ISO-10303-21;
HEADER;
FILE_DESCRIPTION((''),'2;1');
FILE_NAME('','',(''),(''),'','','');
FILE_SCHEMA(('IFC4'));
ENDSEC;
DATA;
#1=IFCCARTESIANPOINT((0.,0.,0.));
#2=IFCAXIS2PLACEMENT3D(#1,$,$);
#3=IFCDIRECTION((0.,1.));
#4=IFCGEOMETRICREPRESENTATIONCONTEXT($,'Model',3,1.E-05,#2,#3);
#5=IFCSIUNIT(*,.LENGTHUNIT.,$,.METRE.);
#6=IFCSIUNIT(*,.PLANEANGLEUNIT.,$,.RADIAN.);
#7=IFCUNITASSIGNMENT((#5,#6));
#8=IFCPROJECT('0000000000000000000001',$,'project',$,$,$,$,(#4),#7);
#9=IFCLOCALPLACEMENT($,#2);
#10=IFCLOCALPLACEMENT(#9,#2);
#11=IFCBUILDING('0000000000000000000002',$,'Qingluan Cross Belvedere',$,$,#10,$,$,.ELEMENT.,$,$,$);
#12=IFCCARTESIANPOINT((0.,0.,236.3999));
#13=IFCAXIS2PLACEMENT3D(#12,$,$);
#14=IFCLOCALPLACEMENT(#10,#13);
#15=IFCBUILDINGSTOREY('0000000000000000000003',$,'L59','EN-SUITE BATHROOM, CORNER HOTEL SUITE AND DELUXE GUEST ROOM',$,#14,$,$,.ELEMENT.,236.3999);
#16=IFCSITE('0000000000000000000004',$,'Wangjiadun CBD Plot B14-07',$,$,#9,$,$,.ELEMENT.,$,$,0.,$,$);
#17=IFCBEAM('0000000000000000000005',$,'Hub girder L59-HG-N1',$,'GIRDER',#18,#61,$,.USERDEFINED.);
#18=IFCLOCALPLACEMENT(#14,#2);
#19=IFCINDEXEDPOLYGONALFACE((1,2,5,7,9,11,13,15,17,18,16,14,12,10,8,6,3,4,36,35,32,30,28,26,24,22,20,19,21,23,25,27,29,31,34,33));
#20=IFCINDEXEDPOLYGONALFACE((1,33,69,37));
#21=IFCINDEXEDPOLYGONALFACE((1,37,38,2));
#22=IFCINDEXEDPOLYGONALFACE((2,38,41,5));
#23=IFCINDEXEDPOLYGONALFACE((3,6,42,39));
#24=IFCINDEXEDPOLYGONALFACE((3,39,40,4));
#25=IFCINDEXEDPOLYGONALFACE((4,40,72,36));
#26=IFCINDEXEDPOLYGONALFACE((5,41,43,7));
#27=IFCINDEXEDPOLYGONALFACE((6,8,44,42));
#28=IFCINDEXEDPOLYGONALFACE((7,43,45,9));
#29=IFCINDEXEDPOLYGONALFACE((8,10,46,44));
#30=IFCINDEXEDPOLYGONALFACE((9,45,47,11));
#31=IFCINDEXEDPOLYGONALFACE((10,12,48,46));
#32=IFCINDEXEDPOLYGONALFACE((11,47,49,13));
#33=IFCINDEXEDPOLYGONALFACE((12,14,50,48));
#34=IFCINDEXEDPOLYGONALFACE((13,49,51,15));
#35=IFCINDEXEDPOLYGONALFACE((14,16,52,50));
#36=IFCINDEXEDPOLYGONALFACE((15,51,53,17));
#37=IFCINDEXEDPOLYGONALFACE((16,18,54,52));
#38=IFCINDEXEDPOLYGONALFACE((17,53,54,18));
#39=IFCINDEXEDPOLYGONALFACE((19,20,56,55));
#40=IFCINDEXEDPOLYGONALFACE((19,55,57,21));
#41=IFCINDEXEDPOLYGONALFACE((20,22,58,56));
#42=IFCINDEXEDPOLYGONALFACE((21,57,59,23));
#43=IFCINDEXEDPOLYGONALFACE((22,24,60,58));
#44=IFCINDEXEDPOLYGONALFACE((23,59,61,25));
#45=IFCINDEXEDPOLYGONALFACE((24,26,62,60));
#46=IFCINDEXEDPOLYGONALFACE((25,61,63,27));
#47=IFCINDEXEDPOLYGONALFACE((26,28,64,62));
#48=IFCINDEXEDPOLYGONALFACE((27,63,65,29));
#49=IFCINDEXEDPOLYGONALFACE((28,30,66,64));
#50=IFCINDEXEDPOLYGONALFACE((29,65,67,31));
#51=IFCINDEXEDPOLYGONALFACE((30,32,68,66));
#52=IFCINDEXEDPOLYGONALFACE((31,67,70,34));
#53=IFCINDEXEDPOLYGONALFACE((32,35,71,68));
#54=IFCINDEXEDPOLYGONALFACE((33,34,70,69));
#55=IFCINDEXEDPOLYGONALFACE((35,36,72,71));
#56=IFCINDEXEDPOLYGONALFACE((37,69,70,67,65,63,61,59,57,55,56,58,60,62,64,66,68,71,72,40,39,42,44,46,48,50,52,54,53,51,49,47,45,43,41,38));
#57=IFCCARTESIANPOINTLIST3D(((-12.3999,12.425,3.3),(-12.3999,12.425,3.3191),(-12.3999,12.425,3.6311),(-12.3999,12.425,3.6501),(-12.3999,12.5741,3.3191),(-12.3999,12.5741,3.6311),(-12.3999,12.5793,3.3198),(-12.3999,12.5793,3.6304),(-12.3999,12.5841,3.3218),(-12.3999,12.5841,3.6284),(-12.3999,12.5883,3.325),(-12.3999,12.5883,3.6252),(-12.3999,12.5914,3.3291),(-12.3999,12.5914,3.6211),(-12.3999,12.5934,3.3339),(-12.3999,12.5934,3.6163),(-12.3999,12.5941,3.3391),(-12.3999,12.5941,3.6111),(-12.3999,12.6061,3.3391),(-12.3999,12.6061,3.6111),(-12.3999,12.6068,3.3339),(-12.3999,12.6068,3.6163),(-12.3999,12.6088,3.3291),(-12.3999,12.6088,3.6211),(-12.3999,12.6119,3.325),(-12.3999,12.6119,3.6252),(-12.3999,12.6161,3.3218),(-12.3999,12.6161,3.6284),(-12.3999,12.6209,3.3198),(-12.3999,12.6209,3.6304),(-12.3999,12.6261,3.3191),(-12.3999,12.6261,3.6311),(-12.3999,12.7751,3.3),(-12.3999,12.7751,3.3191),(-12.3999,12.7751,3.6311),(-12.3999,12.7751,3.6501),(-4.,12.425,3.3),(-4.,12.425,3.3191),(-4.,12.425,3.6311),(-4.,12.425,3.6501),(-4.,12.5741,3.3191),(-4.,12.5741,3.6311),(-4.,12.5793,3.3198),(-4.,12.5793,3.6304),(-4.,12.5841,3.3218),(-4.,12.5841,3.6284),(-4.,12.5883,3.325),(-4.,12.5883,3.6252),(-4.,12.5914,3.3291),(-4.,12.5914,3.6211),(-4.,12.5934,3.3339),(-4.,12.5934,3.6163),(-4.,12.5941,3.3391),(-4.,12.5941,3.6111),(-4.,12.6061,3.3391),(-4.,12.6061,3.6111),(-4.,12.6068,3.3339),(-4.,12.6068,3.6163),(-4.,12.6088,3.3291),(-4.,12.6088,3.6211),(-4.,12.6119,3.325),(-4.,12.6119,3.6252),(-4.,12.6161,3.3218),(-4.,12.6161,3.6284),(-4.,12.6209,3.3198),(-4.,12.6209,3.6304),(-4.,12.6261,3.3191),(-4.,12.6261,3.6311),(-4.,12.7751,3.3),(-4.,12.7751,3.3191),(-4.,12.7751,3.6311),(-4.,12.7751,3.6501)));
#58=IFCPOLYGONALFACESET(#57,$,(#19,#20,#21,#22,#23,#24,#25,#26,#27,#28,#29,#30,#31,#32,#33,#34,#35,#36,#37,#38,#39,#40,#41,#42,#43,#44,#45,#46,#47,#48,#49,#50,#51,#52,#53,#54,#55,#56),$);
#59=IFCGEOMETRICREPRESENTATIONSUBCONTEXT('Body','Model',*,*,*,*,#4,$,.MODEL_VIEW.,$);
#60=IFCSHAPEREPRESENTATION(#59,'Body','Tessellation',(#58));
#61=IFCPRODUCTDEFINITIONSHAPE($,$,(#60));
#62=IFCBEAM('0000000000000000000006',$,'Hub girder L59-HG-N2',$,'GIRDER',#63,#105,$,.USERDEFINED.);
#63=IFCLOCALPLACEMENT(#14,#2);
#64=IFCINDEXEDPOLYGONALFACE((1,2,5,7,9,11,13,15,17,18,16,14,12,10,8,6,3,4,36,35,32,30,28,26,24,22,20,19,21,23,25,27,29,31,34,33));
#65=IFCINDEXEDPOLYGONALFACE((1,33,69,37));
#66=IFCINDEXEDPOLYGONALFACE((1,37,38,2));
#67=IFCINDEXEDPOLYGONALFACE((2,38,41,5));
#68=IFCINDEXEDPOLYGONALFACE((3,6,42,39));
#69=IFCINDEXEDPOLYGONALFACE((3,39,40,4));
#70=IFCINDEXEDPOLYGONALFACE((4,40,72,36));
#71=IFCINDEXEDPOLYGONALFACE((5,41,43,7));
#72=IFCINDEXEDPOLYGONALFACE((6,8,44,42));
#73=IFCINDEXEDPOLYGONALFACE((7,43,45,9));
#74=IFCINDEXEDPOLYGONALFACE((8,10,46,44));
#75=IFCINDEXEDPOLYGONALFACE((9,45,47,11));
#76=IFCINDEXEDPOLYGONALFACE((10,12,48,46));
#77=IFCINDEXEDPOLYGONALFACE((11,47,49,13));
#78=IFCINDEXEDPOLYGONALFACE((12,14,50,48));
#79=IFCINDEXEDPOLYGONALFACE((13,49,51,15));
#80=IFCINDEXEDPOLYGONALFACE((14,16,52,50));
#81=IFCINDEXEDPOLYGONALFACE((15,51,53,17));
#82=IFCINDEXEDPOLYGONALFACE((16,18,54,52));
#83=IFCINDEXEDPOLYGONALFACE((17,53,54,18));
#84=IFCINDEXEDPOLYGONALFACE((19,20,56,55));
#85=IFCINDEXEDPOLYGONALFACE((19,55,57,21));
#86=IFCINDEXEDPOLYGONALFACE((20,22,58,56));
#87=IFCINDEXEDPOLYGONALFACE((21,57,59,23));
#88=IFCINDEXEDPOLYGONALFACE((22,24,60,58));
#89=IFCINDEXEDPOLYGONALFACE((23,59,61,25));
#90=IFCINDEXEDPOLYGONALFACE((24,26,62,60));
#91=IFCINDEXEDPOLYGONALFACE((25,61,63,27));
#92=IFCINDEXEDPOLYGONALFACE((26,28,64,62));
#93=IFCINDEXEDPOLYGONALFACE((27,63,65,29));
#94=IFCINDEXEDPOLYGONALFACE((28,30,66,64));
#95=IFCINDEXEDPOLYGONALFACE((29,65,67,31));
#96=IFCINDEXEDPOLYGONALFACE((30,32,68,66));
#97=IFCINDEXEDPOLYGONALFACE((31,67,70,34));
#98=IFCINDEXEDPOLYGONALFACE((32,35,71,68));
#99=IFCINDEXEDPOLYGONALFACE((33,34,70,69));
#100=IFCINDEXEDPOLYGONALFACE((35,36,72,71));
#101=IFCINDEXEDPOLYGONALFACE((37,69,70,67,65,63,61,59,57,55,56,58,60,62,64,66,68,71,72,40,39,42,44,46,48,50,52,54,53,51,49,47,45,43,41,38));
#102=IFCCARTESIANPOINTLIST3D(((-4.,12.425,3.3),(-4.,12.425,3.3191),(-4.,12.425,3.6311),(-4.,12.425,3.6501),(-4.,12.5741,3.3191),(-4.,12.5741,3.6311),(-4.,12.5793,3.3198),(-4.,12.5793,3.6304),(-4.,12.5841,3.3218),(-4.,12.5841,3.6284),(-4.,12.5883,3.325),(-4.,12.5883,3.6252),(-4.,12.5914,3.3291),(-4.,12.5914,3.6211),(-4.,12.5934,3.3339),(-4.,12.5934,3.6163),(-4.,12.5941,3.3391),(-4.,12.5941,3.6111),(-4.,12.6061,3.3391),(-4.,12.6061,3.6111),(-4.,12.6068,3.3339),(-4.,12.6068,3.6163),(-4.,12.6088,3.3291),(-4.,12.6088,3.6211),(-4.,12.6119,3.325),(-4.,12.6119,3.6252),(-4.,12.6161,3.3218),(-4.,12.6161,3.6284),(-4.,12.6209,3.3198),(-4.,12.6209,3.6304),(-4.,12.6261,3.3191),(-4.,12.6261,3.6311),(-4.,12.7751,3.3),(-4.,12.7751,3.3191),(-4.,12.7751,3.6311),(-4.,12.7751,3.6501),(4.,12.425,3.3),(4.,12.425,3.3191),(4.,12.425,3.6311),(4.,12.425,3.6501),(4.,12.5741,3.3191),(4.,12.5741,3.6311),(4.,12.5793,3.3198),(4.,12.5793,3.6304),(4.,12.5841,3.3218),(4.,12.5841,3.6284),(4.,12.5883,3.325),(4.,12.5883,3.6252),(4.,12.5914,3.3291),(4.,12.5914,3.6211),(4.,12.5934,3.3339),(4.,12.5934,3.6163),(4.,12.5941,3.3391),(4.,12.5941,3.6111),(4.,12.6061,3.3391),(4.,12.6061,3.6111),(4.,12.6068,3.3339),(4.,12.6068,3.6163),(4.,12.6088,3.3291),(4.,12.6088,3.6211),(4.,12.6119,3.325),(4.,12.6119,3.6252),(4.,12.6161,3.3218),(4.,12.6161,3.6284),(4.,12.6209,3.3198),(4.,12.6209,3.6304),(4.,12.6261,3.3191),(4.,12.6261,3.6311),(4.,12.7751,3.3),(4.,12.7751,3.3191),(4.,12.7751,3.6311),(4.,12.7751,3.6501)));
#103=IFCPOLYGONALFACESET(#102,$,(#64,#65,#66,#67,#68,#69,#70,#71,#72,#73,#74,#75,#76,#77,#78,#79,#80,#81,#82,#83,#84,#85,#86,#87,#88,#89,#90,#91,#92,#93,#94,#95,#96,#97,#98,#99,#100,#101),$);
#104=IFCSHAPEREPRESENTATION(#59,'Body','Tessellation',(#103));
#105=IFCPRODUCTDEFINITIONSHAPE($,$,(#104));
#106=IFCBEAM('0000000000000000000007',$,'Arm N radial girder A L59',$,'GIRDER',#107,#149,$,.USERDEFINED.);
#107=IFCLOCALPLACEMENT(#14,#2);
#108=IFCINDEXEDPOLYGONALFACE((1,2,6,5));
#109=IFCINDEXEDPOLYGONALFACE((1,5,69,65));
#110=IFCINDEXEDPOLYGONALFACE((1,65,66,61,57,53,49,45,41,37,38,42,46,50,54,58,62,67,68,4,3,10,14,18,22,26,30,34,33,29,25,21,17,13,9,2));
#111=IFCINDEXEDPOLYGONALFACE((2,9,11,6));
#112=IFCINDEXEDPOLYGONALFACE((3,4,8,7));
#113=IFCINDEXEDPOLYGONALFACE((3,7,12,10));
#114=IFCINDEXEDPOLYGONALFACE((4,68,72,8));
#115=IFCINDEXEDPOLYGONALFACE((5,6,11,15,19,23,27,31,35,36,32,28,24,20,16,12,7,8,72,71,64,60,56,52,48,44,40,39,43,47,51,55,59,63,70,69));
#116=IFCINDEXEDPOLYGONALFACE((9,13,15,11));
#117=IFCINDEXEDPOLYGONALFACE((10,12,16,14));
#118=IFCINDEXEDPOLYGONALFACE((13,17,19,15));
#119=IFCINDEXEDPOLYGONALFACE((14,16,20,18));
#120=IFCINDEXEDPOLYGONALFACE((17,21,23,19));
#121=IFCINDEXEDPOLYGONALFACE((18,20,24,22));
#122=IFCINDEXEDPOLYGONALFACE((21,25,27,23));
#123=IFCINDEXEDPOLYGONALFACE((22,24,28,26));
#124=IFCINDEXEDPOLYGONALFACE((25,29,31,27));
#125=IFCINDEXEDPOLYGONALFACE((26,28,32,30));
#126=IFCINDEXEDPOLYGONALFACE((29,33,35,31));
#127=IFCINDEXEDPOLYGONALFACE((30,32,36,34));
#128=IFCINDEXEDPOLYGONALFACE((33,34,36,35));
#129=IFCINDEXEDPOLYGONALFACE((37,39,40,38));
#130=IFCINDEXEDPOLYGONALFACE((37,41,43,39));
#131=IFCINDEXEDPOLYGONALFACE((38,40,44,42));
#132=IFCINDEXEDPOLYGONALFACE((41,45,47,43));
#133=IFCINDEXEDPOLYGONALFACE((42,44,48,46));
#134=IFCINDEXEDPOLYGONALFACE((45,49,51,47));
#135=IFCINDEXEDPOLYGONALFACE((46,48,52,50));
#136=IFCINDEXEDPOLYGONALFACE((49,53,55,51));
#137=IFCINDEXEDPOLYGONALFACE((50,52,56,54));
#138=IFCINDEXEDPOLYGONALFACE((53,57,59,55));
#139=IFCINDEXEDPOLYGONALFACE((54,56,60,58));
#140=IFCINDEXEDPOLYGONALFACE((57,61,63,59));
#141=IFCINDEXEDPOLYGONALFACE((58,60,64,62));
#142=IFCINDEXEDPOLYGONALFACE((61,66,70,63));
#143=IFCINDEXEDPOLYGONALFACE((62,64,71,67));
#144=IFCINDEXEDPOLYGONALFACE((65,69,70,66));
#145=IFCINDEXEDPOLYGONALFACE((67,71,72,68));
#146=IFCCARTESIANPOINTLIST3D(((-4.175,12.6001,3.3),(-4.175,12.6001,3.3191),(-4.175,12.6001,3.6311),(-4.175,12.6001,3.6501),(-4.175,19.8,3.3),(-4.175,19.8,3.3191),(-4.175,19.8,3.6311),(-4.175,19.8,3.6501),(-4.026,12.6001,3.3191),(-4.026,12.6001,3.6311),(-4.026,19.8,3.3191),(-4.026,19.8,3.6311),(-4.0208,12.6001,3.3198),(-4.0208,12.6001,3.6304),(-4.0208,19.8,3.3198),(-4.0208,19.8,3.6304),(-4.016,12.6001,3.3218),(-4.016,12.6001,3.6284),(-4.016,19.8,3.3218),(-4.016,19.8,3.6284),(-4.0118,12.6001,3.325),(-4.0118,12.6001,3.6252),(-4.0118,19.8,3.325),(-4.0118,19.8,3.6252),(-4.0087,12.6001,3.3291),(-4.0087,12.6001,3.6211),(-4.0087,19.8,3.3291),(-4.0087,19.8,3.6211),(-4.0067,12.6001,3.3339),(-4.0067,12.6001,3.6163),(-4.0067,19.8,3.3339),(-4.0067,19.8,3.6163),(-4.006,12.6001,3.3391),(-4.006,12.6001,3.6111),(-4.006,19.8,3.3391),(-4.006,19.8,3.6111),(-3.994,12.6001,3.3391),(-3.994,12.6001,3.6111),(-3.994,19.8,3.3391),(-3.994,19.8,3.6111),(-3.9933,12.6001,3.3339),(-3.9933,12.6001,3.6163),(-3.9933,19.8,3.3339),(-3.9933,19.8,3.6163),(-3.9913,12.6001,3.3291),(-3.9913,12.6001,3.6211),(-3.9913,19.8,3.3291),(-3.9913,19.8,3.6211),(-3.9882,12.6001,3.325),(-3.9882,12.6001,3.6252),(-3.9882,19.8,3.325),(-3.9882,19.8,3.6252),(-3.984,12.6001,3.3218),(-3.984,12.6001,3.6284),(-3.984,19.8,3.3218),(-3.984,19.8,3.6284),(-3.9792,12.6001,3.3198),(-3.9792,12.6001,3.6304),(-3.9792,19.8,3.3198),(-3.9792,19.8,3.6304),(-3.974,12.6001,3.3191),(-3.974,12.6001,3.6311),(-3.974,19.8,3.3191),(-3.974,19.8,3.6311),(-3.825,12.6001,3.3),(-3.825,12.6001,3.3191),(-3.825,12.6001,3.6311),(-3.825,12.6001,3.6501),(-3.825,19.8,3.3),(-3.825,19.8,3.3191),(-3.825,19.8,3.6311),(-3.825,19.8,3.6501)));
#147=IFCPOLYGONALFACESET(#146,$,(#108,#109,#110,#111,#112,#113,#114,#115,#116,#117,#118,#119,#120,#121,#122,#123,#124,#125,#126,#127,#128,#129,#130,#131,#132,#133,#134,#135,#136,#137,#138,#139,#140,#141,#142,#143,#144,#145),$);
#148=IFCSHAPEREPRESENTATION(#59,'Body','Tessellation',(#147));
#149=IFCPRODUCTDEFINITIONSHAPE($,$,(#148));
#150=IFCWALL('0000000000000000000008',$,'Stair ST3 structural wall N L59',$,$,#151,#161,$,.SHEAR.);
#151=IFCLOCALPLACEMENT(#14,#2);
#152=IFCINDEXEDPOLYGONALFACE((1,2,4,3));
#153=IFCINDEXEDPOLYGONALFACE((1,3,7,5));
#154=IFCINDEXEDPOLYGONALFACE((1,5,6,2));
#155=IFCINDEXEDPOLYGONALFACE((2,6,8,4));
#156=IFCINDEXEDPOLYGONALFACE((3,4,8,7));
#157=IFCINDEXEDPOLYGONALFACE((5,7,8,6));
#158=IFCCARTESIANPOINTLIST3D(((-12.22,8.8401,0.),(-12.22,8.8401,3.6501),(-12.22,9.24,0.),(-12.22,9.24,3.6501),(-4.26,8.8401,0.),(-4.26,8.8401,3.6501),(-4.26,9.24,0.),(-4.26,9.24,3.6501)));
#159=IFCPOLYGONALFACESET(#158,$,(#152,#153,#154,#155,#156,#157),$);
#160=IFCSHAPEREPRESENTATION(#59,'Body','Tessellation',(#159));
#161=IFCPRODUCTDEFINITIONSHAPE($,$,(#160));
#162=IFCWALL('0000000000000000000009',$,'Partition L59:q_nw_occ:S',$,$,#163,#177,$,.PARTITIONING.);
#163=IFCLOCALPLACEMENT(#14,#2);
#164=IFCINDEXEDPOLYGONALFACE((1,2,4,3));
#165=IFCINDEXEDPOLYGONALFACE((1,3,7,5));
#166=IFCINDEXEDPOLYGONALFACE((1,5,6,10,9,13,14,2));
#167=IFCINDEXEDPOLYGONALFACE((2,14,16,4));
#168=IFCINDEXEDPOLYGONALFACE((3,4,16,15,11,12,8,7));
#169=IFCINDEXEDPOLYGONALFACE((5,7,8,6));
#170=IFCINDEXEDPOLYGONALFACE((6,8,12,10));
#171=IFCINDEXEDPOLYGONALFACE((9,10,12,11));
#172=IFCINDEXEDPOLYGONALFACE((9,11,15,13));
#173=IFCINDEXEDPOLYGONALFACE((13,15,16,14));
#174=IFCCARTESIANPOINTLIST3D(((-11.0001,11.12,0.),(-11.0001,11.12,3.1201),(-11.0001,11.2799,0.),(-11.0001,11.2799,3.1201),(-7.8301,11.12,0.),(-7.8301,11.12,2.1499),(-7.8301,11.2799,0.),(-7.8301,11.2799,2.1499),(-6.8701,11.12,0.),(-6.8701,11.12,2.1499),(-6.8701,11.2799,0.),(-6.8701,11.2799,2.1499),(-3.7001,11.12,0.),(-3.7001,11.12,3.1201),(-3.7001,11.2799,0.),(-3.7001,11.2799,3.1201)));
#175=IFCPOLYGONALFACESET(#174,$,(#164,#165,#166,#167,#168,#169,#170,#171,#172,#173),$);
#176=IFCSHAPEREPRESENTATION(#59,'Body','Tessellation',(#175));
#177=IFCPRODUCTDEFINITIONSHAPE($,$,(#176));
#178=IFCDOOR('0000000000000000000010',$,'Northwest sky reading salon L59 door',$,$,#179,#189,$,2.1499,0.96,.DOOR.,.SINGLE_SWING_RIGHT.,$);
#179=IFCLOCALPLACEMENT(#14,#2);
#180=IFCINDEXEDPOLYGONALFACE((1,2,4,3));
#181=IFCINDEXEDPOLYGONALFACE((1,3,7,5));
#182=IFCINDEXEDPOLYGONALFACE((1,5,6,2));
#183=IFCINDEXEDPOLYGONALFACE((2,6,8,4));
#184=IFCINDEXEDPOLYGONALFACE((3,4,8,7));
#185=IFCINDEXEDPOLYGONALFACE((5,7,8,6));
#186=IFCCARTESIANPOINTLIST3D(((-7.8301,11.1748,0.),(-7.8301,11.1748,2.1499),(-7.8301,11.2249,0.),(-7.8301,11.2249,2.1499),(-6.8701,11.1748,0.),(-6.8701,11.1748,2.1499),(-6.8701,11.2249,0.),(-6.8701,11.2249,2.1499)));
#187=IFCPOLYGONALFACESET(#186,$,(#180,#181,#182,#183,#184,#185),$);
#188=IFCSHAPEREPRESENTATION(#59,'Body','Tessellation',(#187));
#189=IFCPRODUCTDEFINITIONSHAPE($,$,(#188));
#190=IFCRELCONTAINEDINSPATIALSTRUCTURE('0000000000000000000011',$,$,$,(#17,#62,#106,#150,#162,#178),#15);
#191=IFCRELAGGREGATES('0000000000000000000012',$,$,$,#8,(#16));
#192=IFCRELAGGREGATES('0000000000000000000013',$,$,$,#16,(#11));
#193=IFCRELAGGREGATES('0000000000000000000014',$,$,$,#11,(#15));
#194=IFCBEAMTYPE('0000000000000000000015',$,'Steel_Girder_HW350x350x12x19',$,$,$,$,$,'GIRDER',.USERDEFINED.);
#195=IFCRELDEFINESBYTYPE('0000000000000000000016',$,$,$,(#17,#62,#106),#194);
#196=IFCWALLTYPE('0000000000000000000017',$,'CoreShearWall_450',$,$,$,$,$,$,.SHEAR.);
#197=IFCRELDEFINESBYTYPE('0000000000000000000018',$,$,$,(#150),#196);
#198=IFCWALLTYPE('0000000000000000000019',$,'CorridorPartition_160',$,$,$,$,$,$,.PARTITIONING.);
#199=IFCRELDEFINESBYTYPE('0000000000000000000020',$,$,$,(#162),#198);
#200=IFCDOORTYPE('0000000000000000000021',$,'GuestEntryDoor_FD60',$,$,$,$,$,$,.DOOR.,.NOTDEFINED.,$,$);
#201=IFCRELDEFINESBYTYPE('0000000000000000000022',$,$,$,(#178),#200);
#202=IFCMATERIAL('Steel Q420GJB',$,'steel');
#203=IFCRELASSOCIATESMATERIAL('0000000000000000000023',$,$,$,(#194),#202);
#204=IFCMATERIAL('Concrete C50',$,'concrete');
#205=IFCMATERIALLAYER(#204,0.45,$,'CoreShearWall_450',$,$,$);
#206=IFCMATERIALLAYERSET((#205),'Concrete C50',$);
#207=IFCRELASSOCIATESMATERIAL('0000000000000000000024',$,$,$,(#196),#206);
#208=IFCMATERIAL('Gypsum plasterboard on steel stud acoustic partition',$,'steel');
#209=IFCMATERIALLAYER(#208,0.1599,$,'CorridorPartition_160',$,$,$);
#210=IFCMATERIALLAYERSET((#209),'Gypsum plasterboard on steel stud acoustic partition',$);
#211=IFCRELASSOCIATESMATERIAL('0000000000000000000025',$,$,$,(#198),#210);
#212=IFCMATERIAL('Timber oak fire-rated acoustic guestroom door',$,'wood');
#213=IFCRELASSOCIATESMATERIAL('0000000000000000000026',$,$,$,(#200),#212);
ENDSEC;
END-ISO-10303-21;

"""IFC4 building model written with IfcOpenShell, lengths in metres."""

from ifc_helpers import new_model, si_unit, direction, frame, frame_2d, origin, origin_2d, place, context, subcontext, project, spatial, rectangle, i_section, extrude, material, layer, layer_set, material_profile, profile_set, type_object, element, fill, save


model = new_model("IFC4")

# Units and contexts
model_context = context("Model", 3, precision=1e-05, world=origin(), true_north=direction((0.0, 1.0)))
body_context = subcontext(model_context, "Body", "Model", "MODEL_VIEW")
ifc_project = project(units=[si_unit("LENGTHUNIT", "METRE"), si_unit("PLANEANGLEUNIT", "RADIAN")], contexts=[model_context])

# Site, building, storey
site_placement = place(None, origin())
site = spatial("IfcSite", under=ifc_project, at=site_placement, Name="Wangjiadun CBD Plot B14-07", CompositionType="ELEMENT", RefElevation=0.0)
building_placement = place(site_placement, origin())
building = spatial("IfcBuilding", under=site, at=building_placement, Name="Qingluan Cross Belvedere", CompositionType="ELEMENT")
storey_placement = place(building_placement, frame((0.0, 0.0, 236.3999)))
storey = spatial("IfcBuildingStorey", under=building, at=storey_placement, Name="L59", Description="EN-SUITE BATHROOM, CORNER HOTEL SUITE AND DELUXE GUEST ROOM", CompositionType="ELEMENT", Elevation=236.3999)

# Beams
ifc_material_1 = material(Name="Steel Q420GJB", Category="steel")
ifc_material_profile_1 = material_profile(ifc_material_1, i_section(OverallWidth=0.3501, OverallDepth=0.3501, WebThickness=0.012, FlangeThickness=0.019, FilletRadius=0.02, at=origin_2d()), Name="HW350x350x12x19")
ifc_profile_set_1 = profile_set([ifc_material_profile_1], Name="Steel Q420GJB")
beam_type_1 = type_object("IfcBeamType", Name="Steel_Girder_HW350x350x12x19", ElementType="GIRDER", PredefinedType="USERDEFINED", material=ifc_profile_set_1)
beam_1_placement = place(storey_placement, frame((-12.3999, 12.6001, 3.4751), z_axis=(1.0, 0.0, 0.0), x_axis=(0.0, 1.0, 0.0)))
element("IfcBeam", 1, at=beam_1_placement, inside=storey, type_object=beam_type_1, Name="Hub girder L59-HG-N1", ObjectType="GIRDER", PredefinedType="USERDEFINED", context=body_context, shape_type="SweptSolid", body=[
    extrude(i_section(OverallWidth=0.3501, OverallDepth=0.3501, WebThickness=0.012, FlangeThickness=0.019, FilletRadius=0.02, at=origin_2d()), origin(), (0.0, 0.0, 1.0), 8.3999),
])
beam_2_placement = place(storey_placement, frame((-4.0, 12.6001, 3.4751), z_axis=(1.0, 0.0, 0.0), x_axis=(0.0, 1.0, 0.0)))
element("IfcBeam", 2, at=beam_2_placement, inside=storey, type_object=beam_type_1, Name="Hub girder L59-HG-N2", ObjectType="GIRDER", PredefinedType="USERDEFINED", context=body_context, shape_type="SweptSolid", body=[
    extrude(i_section(OverallWidth=0.3501, OverallDepth=0.3501, WebThickness=0.012, FlangeThickness=0.019, FilletRadius=0.02, at=origin_2d()), origin(), (0.0, 0.0, 1.0), 8.0),
])
beam_3_placement = place(storey_placement, frame((-4.0, 12.6001, 3.4751), z_axis=(0.0, 1.0, 0.0), x_axis=(-1.0, 0.0, 0.0)))
element("IfcBeam", 3, at=beam_3_placement, inside=storey, type_object=beam_type_1, Name="Arm N radial girder A L59", ObjectType="GIRDER", PredefinedType="USERDEFINED", context=body_context, shape_type="SweptSolid", body=[
    extrude(i_section(OverallWidth=0.3501, OverallDepth=0.3501, WebThickness=0.012, FlangeThickness=0.019, FilletRadius=0.02, at=origin_2d()), origin(), (0.0, 0.0, 1.0), 7.2),
])

# Wall
ifc_material_2 = material(Name="Concrete C50", Category="concrete")
ifc_layer_1 = layer(ifc_material_2, 0.45, Name="CoreShearWall_450")
ifc_layer_set_1 = layer_set([ifc_layer_1], Name="Concrete C50")
wall_type_1 = type_object("IfcWallType", Name="CoreShearWall_450", PredefinedType="SHEAR", material=ifc_layer_set_1)
wall_1_placement = place(storey_placement, frame((-12.22, 9.04, 0.0), z_axis=(0.0, 0.0, 1.0), x_axis=(1.0, 0.0, 0.0)))
element("IfcWall", 4, at=wall_1_placement, inside=storey, type_object=wall_type_1, Name="Stair ST3 structural wall N L59", PredefinedType="SHEAR", context=body_context, shape_type="SweptSolid", body=[
    extrude(rectangle(XDim=7.96, YDim=0.3999, at=frame_2d((3.98, 0.0))), origin(), (0.0, 0.0, 1.0), 3.6501),
])

# Wall, opening, door
ifc_material_3 = material(Name="Gypsum plasterboard on steel stud acoustic partition", Category="steel")
ifc_layer_2 = layer(ifc_material_3, 0.1599, Name="CorridorPartition_160")
ifc_layer_set_2 = layer_set([ifc_layer_2], Name="Gypsum plasterboard on steel stud acoustic partition")
wall_type_2 = type_object("IfcWallType", Name="CorridorPartition_160", PredefinedType="PARTITIONING", material=ifc_layer_set_2)
wall_2_placement = place(storey_placement, frame((-11.0, 11.2, 0.0), z_axis=(0.0, 0.0, 1.0), x_axis=(1.0, 0.0, 0.0)))
wall_2 = element("IfcWall", 5, at=wall_2_placement, inside=storey, type_object=wall_type_2, Name="Partition L59:q_nw_occ:S", PredefinedType="PARTITIONING", context=body_context, shape_type="SweptSolid", body=[
    extrude(rectangle(XDim=7.3, YDim=0.1599, at=frame_2d((3.6499, 0.0))), origin(), (0.0, 0.0, 1.0), 3.1201),
])
opening_1_placement = place(wall_2_placement, frame((3.1699, 0.0, 0.0)))
opening_1 = element("IfcOpeningElement", 6, at=opening_1_placement, cuts=wall_2, PredefinedType="OPENING", context=body_context, shape_type="SweptSolid", body=[
    extrude(rectangle(XDim=0.96, YDim=2.1499, at=frame_2d((0.48, 1.075))), frame((0.0, 0.0898, 0.0), z_axis=(0.0, -1.0, 0.0), x_axis=(1.0, 0.0, 0.0)), (0.0, 0.0, 1.0), 0.1799),
])
ifc_material_4 = material(Name="Timber oak fire-rated acoustic guestroom door", Category="wood")
door_type = type_object("IfcDoorType", Name="GuestEntryDoor_FD60", OperationType="NOTDEFINED", PredefinedType="DOOR", material=ifc_material_4)
door_placement = place(opening_1_placement, origin())
door = element("IfcDoor", 7, at=door_placement, inside=storey, type_object=door_type, Name="Northwest sky reading salon L59 door", OperationType="SINGLE_SWING_RIGHT", OverallHeight=2.1499, OverallWidth=0.96, PredefinedType="DOOR", context=body_context, shape_type="SweptSolid", body=[
    extrude(rectangle(XDim=0.96, YDim=2.1499, at=frame_2d((0.48, 1.075))), frame((0.0, 0.0249, 0.0), z_axis=(0.0, -1.0, 0.0), x_axis=(1.0, 0.0, 0.0)), (0.0, 0.0, 1.0), 0.05),
])
fill(opening_1, door)

save(model, "model.ifc")
